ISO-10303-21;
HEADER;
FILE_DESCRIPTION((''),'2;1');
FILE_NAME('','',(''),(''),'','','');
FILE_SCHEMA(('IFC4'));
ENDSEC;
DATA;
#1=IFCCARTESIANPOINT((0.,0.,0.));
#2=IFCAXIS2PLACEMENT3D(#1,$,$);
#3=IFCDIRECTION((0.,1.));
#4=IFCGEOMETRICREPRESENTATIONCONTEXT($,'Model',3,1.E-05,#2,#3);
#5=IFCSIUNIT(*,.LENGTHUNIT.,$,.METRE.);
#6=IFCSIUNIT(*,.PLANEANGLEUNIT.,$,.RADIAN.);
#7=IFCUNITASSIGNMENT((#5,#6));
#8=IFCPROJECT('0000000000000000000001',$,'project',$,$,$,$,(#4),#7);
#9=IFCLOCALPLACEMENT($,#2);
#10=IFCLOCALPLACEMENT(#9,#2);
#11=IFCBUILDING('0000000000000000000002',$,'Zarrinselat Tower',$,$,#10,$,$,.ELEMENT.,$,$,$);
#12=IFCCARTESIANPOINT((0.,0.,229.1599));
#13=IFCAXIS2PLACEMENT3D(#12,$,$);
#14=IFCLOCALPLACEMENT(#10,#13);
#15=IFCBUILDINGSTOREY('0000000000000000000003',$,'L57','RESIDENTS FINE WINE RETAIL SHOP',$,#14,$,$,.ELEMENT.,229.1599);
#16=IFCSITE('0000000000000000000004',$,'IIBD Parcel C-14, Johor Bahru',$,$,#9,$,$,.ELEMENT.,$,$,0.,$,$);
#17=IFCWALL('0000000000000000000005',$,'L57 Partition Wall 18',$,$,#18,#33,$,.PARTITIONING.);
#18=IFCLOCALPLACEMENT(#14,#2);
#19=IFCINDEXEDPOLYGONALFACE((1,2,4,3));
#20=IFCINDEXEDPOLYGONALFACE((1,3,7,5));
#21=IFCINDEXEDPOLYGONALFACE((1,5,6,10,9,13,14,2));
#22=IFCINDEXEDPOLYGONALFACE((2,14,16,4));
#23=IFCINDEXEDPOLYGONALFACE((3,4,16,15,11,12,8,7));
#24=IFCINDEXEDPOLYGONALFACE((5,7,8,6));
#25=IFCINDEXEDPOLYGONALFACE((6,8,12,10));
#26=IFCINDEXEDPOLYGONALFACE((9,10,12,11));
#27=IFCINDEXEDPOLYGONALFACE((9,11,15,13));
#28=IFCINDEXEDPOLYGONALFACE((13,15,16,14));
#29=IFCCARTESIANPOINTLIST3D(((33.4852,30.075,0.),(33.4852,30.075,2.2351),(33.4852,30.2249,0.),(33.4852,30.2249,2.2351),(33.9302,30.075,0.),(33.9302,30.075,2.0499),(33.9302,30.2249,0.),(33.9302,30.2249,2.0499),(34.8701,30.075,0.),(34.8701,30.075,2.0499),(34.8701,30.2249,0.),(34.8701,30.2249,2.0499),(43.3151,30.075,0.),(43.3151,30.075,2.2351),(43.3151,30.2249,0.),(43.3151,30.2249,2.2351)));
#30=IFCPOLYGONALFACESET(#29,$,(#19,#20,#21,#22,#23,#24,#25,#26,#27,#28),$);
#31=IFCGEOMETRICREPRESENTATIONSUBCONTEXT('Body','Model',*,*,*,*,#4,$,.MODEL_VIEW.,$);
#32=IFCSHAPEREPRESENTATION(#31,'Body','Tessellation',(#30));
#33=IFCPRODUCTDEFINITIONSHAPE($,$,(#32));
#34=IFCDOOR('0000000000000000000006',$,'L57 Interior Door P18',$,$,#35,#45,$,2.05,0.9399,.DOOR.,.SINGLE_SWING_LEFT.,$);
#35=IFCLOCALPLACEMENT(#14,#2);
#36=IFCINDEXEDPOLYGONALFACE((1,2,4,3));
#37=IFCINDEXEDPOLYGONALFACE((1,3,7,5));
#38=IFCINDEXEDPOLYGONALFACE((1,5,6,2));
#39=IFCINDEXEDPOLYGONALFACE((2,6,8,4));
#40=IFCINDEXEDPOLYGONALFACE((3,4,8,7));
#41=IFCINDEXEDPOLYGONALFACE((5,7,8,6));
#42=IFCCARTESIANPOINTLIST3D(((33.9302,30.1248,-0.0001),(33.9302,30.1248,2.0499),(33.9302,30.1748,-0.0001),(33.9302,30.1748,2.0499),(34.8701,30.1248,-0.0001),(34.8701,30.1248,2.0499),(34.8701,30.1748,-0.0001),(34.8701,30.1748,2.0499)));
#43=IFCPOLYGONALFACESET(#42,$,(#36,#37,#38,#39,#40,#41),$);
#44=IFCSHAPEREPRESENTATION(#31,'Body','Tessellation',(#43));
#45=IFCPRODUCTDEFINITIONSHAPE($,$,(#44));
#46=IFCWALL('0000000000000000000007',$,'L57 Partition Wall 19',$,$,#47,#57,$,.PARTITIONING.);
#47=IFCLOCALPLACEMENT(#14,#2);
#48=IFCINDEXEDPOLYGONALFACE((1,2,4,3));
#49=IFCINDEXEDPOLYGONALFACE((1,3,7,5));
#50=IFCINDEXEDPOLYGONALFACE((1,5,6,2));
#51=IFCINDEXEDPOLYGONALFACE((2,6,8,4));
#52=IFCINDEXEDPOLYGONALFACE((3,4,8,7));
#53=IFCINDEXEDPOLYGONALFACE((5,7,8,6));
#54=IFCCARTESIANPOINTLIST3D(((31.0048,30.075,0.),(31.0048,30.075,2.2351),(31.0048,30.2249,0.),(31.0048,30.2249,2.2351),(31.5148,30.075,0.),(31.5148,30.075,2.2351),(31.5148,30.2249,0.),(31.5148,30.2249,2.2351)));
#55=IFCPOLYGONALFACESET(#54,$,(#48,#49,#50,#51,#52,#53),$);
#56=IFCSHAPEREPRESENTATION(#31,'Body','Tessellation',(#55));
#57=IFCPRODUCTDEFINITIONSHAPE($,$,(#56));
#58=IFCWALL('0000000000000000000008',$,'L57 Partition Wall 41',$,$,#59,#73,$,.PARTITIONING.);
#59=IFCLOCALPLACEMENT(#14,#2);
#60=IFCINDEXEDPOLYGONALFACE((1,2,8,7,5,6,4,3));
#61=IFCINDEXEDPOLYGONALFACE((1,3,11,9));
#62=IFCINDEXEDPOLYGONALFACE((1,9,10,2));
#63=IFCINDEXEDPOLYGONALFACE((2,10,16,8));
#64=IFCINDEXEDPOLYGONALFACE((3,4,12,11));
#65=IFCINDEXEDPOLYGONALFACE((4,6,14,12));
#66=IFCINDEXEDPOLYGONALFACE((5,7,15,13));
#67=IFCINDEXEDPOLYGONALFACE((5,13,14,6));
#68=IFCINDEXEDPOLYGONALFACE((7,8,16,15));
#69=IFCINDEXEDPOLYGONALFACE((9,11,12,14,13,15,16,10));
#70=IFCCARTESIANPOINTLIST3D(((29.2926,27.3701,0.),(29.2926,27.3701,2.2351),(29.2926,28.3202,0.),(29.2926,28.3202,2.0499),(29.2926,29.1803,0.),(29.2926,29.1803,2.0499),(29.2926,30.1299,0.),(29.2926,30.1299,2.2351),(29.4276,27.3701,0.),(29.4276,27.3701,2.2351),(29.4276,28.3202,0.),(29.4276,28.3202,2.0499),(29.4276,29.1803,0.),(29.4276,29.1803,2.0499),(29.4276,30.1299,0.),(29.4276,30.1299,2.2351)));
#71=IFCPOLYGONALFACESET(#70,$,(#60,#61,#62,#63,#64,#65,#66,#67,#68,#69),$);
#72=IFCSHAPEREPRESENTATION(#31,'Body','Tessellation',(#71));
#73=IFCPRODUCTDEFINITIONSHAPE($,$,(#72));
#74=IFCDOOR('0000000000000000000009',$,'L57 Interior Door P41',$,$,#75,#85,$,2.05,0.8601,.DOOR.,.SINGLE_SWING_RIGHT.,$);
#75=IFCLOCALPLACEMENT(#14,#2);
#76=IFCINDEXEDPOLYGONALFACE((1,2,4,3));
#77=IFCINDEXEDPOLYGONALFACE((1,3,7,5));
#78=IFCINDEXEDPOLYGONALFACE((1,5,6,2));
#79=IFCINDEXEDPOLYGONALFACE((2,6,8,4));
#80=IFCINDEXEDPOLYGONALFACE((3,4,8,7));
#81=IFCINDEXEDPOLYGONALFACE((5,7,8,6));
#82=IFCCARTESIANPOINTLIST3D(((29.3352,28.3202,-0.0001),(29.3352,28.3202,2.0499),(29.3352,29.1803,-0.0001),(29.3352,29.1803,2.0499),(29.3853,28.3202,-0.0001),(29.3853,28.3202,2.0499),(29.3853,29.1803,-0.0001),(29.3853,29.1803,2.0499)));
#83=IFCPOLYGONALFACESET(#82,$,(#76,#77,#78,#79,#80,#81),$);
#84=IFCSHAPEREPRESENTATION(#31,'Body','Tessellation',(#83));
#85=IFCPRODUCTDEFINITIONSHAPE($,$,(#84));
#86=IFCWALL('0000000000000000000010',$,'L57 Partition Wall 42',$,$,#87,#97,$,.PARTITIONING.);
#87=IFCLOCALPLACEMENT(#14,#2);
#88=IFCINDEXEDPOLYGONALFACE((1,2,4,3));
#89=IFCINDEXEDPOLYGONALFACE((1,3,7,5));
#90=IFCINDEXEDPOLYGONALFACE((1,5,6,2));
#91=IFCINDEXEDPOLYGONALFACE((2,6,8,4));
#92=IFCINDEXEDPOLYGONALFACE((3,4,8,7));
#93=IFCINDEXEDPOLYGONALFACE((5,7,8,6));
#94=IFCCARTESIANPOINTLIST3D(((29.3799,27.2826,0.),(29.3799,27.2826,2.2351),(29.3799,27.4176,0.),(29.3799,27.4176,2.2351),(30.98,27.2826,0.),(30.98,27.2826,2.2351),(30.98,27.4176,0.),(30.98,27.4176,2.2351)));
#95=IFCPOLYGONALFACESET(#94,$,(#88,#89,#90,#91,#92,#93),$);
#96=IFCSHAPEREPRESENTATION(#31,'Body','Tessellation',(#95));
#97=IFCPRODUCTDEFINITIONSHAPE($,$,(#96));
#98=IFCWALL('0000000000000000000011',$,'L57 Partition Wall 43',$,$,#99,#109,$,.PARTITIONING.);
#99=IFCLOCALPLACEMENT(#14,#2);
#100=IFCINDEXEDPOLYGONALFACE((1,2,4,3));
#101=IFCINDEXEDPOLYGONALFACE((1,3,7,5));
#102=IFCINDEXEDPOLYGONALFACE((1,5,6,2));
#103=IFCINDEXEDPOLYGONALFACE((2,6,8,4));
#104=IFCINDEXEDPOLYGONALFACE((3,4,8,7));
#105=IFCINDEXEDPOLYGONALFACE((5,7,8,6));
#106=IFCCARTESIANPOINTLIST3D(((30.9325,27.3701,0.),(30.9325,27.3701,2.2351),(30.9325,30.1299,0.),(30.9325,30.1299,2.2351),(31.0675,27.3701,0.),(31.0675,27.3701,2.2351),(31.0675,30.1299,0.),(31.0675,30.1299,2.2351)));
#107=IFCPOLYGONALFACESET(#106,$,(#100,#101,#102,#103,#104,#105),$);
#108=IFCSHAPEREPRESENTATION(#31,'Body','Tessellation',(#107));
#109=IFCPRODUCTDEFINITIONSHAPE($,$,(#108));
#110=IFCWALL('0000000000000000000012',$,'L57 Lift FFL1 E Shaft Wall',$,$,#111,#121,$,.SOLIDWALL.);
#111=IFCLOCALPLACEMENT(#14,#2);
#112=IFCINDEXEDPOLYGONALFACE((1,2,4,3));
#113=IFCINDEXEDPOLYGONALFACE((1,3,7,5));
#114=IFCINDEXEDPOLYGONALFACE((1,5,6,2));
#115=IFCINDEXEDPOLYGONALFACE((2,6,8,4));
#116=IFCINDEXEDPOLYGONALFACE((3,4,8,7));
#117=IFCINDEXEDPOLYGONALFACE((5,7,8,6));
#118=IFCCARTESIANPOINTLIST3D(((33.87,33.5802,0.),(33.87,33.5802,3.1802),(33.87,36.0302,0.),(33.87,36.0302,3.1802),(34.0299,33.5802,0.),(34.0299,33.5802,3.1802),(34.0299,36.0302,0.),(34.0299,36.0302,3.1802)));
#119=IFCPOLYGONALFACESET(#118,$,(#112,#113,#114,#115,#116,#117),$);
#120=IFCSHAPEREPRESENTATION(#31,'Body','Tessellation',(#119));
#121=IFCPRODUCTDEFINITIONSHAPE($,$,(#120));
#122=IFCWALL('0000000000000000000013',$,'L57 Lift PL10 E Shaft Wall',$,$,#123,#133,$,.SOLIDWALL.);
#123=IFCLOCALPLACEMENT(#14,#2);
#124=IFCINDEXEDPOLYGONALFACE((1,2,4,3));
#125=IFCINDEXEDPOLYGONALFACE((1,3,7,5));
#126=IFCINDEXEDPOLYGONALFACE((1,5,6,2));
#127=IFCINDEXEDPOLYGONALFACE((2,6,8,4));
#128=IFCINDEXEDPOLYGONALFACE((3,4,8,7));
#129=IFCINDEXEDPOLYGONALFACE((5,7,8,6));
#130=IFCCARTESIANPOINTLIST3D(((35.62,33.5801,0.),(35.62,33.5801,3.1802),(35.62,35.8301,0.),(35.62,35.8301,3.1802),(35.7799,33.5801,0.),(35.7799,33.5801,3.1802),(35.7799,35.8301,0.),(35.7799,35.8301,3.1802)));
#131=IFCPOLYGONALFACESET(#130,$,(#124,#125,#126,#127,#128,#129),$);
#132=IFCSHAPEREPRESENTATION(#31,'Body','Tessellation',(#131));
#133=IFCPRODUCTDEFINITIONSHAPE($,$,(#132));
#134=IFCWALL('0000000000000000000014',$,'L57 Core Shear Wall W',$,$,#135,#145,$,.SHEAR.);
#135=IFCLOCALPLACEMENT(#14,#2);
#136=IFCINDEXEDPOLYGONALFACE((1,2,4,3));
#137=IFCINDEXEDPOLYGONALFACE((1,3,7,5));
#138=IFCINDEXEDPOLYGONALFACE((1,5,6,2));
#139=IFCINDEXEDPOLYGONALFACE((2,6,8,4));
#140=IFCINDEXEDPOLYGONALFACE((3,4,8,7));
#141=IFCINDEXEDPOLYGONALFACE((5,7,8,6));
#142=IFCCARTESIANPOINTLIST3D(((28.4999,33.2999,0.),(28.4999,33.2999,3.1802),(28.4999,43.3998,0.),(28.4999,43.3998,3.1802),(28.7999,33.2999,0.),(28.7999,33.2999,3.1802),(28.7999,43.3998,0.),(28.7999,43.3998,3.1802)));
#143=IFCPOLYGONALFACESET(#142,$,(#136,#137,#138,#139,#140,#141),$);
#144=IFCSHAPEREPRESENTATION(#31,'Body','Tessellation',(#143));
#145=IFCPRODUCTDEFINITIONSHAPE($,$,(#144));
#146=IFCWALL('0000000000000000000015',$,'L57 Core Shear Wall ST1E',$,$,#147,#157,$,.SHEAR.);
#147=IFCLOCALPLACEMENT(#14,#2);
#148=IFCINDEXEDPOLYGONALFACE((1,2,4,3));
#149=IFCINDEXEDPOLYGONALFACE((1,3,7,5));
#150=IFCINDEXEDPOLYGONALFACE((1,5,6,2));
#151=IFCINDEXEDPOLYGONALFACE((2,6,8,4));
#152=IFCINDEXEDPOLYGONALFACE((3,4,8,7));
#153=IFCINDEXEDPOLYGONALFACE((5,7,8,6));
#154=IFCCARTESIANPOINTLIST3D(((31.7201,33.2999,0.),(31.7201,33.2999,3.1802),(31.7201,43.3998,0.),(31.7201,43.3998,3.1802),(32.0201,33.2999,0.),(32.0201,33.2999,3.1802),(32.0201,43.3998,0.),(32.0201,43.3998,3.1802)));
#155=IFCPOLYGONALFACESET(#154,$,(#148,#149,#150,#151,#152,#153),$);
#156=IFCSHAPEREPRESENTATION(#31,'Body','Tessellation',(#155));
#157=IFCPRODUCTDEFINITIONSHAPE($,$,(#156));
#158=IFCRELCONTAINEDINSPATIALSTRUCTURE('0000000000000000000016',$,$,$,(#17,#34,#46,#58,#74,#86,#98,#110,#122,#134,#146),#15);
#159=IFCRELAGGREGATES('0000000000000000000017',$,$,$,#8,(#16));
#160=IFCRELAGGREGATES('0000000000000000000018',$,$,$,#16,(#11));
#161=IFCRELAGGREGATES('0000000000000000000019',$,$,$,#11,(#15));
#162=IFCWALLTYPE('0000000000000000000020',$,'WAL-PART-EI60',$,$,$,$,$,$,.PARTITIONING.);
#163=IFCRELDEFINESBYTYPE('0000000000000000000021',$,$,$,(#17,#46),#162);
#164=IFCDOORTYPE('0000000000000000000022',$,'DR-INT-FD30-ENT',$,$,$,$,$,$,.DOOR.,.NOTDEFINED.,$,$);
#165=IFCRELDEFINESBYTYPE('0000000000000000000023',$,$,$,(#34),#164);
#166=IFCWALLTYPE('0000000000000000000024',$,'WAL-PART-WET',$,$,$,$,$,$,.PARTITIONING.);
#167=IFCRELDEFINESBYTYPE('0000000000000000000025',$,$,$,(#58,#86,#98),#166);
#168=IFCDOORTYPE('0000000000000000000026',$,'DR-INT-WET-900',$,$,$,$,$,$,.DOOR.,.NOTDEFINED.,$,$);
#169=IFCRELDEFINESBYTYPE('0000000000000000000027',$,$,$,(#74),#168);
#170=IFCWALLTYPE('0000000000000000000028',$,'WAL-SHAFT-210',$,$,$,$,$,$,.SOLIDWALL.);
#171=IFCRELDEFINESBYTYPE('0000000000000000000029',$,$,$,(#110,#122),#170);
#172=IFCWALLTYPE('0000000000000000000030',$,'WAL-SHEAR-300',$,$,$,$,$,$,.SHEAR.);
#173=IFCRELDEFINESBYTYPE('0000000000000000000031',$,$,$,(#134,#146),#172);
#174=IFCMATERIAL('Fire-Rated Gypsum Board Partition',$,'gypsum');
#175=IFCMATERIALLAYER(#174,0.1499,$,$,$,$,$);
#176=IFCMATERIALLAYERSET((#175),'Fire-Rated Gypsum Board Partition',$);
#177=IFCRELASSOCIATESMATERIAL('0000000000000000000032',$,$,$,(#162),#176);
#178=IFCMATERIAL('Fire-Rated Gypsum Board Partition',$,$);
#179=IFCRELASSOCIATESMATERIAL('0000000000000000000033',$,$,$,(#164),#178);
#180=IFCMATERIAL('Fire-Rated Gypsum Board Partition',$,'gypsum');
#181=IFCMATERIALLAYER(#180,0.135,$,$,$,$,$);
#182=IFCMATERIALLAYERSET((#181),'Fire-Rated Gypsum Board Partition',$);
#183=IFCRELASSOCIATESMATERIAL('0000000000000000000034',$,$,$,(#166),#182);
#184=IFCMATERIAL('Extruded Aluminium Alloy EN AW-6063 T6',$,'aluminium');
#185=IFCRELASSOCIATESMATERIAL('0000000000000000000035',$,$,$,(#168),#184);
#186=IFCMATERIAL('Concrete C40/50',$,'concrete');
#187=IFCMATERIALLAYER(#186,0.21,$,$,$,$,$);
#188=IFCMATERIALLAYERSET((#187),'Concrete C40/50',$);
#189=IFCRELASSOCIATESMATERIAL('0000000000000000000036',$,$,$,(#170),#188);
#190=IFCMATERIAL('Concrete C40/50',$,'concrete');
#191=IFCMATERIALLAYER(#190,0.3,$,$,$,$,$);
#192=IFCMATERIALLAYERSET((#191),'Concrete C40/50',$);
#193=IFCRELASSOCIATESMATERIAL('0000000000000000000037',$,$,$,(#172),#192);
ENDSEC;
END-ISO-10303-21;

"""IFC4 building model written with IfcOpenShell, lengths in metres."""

from ifc_helpers import new_model, si_unit, direction, frame, frame_2d, origin, place, context, subcontext, project, spatial, rectangle, extrude, material, layer, layer_set, type_object, element, fill, save


model = new_model("IFC4")

# Units and contexts
model_context = context("Model", 3, precision=1e-05, world=origin(), true_north=direction((0.0, 1.0)))
body_context = subcontext(model_context, "Body", "Model", "MODEL_VIEW")
ifc_project = project(units=[si_unit("LENGTHUNIT", "METRE"), si_unit("PLANEANGLEUNIT", "RADIAN")], contexts=[model_context])

# Site, building, storey
site_placement = place(None, origin())
site = spatial("IfcSite", under=ifc_project, at=site_placement, Name="IIBD Parcel C-14, Johor Bahru", CompositionType="ELEMENT", RefElevation=0.0)
building_placement = place(site_placement, origin())
building = spatial("IfcBuilding", under=site, at=building_placement, Name="Zarrinselat Tower", CompositionType="ELEMENT")
storey_placement = place(building_placement, frame((0.0, 0.0, 229.1599)))
storey = spatial("IfcBuildingStorey", under=building, at=storey_placement, Name="L57", Description="RESIDENTS FINE WINE RETAIL SHOP", CompositionType="ELEMENT", Elevation=229.1599)

# Wall, opening, door
ifc_material_1 = material(Name="Fire-Rated Gypsum Board Partition", Category="gypsum")
ifc_layer_1 = layer(ifc_material_1, 0.1499)
ifc_layer_set_1 = layer_set([ifc_layer_1], Name="Fire-Rated Gypsum Board Partition")
wall_type_1 = type_object("IfcWallType", Name="WAL-PART-EI60", PredefinedType="PARTITIONING", material=ifc_layer_set_1)
wall_1_placement = place(storey_placement, frame((33.4851, 30.1499, 0.0), z_axis=(0.0, 0.0, 1.0), x_axis=(1.0, 0.0, 0.0)))
wall_1 = element("IfcWall", 1, at=wall_1_placement, inside=storey, type_object=wall_type_1, Name="L57 Partition Wall 18", PredefinedType="PARTITIONING", context=body_context, shape_type="SweptSolid", body=[
    extrude(rectangle(XDim=9.8298, YDim=0.1499, at=frame_2d((4.915, 0.0))), origin(), (0.0, 0.0, 1.0), 2.2351),
])
opening_1_placement = place(wall_1_placement, frame((0.4451, 0.0, 0.0)))
opening_1 = element("IfcOpeningElement", 2, at=opening_1_placement, cuts=wall_1, PredefinedType="OPENING", context=body_context, shape_type="SweptSolid", body=[
    extrude(rectangle(XDim=0.9399, YDim=2.05, at=frame_2d((0.47, 1.0249))), frame((0.0, 0.085, 0.0), z_axis=(0.0, -1.0, 0.0), x_axis=(1.0, 0.0, 0.0)), (0.0, 0.0, 1.0), 0.1699),
])
ifc_material_2 = material(Name="Fire-Rated Gypsum Board Partition")
door_type_1 = type_object("IfcDoorType", Name="DR-INT-FD30-ENT", OperationType="NOTDEFINED", PredefinedType="DOOR", material=ifc_material_2)
door_1_placement = place(opening_1_placement, origin())
door_1 = element("IfcDoor", 3, at=door_1_placement, inside=storey, type_object=door_type_1, Name="L57 Interior Door P18", OperationType="SINGLE_SWING_LEFT", OverallHeight=2.05, OverallWidth=0.9399, PredefinedType="DOOR", context=body_context, shape_type="SweptSolid", body=[
    extrude(rectangle(XDim=0.9399, YDim=2.05, at=frame_2d((0.47, 1.0249))), frame((0.0, 0.0249, 0.0), z_axis=(0.0, -1.0, 0.0), x_axis=(1.0, 0.0, 0.0)), (0.0, 0.0, 1.0), 0.05),
])
fill(opening_1, door_1)

# Wall
wall_2_placement = place(storey_placement, frame((31.0049, 30.1499, 0.0), z_axis=(0.0, 0.0, 1.0), x_axis=(1.0, 0.0, 0.0)))
element("IfcWall", 4, at=wall_2_placement, inside=storey, type_object=wall_type_1, Name="L57 Partition Wall 19", PredefinedType="PARTITIONING", context=body_context, shape_type="SweptSolid", body=[
    extrude(rectangle(XDim=0.51, YDim=0.1499, at=frame_2d((0.2549, 0.0))), origin(), (0.0, 0.0, 1.0), 2.2351),
])

# Wall, opening, door
ifc_material_3 = material(Name="Fire-Rated Gypsum Board Partition", Category="gypsum")
ifc_layer_2 = layer(ifc_material_3, 0.135)
ifc_layer_set_2 = layer_set([ifc_layer_2], Name="Fire-Rated Gypsum Board Partition")
wall_type_2 = type_object("IfcWallType", Name="WAL-PART-WET", PredefinedType="PARTITIONING", material=ifc_layer_set_2)
wall_3_placement = place(storey_placement, frame((29.3601, 27.3701, 0.0), z_axis=(0.0, 0.0, 1.0), x_axis=(0.0, 1.0, 0.0)))
wall_3 = element("IfcWall", 5, at=wall_3_placement, inside=storey, type_object=wall_type_2, Name="L57 Partition Wall 41", PredefinedType="PARTITIONING", context=body_context, shape_type="SweptSolid", body=[
    extrude(rectangle(XDim=2.7598, YDim=0.135, at=frame_2d((1.3799, 0.0))), origin(), (0.0, 0.0, 1.0), 2.2351),
])
opening_2_placement = place(wall_3_placement, frame((0.95, 0.0, 0.0)))
opening_2 = element("IfcOpeningElement", 6, at=opening_2_placement, cuts=wall_3, PredefinedType="OPENING", context=body_context, shape_type="SweptSolid", body=[
    extrude(rectangle(XDim=0.8601, YDim=2.05, at=frame_2d((0.4302, 1.0249))), frame((0.0, 0.0774, 0.0), z_axis=(0.0, -1.0, 0.0), x_axis=(1.0, 0.0, 0.0)), (0.0, 0.0, 1.0), 0.155),
])
ifc_material_4 = material(Name="Extruded Aluminium Alloy EN AW-6063 T6", Category="aluminium")
door_type_2 = type_object("IfcDoorType", Name="DR-INT-WET-900", OperationType="NOTDEFINED", PredefinedType="DOOR", material=ifc_material_4)
door_2_placement = place(opening_2_placement, origin())
door_2 = element("IfcDoor", 7, at=door_2_placement, inside=storey, type_object=door_type_2, Name="L57 Interior Door P41", OperationType="SINGLE_SWING_RIGHT", OverallHeight=2.05, OverallWidth=0.8601, PredefinedType="DOOR", context=body_context, shape_type="SweptSolid", body=[
    extrude(rectangle(XDim=0.8601, YDim=2.05, at=frame_2d((0.4302, 1.0249))), frame((0.0, 0.0249, 0.0), z_axis=(0.0, -1.0, 0.0), x_axis=(1.0, 0.0, 0.0)), (0.0, 0.0, 1.0), 0.05),
])
fill(opening_2, door_2)

# Walls
wall_4_placement = place(storey_placement, frame((29.3799, 27.3501, 0.0), z_axis=(0.0, 0.0, 1.0), x_axis=(1.0, 0.0, 0.0)))
element("IfcWall", 8, at=wall_4_placement, inside=storey, type_object=wall_type_2, Name="L57 Partition Wall 42", PredefinedType="PARTITIONING", context=body_context, shape_type="SweptSolid", body=[
    extrude(rectangle(XDim=1.6001, YDim=0.135, at=frame_2d((0.8, 0.0))), origin(), (0.0, 0.0, 1.0), 2.2351),
])
wall_5_placement = place(storey_placement, frame((31.0, 27.3701, 0.0), z_axis=(0.0, 0.0, 1.0), x_axis=(0.0, 1.0, 0.0)))
element("IfcWall", 9, at=wall_5_placement, inside=storey, type_object=wall_type_2, Name="L57 Partition Wall 43", PredefinedType="PARTITIONING", context=body_context, shape_type="SweptSolid", body=[
    extrude(rectangle(XDim=2.7598, YDim=0.135, at=frame_2d((1.3799, 0.0))), origin(), (0.0, 0.0, 1.0), 2.2351),
])
ifc_material_5 = material(Name="Concrete C40/50", Category="concrete")
ifc_layer_3 = layer(ifc_material_5, 0.21)
ifc_layer_set_3 = layer_set([ifc_layer_3], Name="Concrete C40/50")
wall_type_3 = type_object("IfcWallType", Name="WAL-SHAFT-210", PredefinedType="SOLIDWALL", material=ifc_layer_set_3)
wall_6_placement = place(storey_placement, frame((33.95, 33.5801, 0.0), z_axis=(0.0, 0.0, 1.0), x_axis=(0.0, 1.0, 0.0)))
element("IfcWall", 10, at=wall_6_placement, inside=storey, type_object=wall_type_3, Name="L57 Lift FFL1 E Shaft Wall", PredefinedType="SOLIDWALL", context=body_context, shape_type="SweptSolid", body=[
    extrude(rectangle(XDim=2.45, YDim=0.1599, at=frame_2d((1.2251, 0.0))), origin(), (0.0, 0.0, 1.0), 3.1802),
])
wall_7_placement = place(storey_placement, frame((35.7, 33.5801, 0.0), z_axis=(0.0, 0.0, 1.0), x_axis=(0.0, 1.0, 0.0)))
element("IfcWall", 11, at=wall_7_placement, inside=storey, type_object=wall_type_3, Name="L57 Lift PL10 E Shaft Wall", PredefinedType="SOLIDWALL", context=body_context, shape_type="SweptSolid", body=[
    extrude(rectangle(XDim=2.25, YDim=0.1599, at=frame_2d((1.125, 0.0))), origin(), (0.0, 0.0, 1.0), 3.1802),
])
ifc_material_6 = material(Name="Concrete C40/50", Category="concrete")
ifc_layer_4 = layer(ifc_material_6, 0.3)
ifc_layer_set_4 = layer_set([ifc_layer_4], Name="Concrete C40/50")
wall_type_4 = type_object("IfcWallType", Name="WAL-SHEAR-300", PredefinedType="SHEAR", material=ifc_layer_set_4)
for number, where, z_axis, x_axis, name in (
    (12, (28.6499, 33.3, 0.0), (0.0, 0.0, 1.0), (0.0, 1.0, 0.0), "L57 Core Shear Wall W"),
    (13, (31.8701, 33.3, 0.0), (0.0, 0.0, 1.0), (0.0, 1.0, 0.0), "L57 Core Shear Wall ST1E"),
):
    element("IfcWall", number, at=place(storey_placement, frame(where, z_axis=z_axis, x_axis=x_axis)), inside=storey, type_object=wall_type_4, Name=name, PredefinedType="SHEAR", context=body_context, shape_type="SweptSolid", body=[
        extrude(rectangle(XDim=10.0999, YDim=0.3, at=frame_2d((5.0498, 0.0))), origin(), (0.0, 0.0, 1.0), 3.1802),
    ])

save(model, "model.ifc")
